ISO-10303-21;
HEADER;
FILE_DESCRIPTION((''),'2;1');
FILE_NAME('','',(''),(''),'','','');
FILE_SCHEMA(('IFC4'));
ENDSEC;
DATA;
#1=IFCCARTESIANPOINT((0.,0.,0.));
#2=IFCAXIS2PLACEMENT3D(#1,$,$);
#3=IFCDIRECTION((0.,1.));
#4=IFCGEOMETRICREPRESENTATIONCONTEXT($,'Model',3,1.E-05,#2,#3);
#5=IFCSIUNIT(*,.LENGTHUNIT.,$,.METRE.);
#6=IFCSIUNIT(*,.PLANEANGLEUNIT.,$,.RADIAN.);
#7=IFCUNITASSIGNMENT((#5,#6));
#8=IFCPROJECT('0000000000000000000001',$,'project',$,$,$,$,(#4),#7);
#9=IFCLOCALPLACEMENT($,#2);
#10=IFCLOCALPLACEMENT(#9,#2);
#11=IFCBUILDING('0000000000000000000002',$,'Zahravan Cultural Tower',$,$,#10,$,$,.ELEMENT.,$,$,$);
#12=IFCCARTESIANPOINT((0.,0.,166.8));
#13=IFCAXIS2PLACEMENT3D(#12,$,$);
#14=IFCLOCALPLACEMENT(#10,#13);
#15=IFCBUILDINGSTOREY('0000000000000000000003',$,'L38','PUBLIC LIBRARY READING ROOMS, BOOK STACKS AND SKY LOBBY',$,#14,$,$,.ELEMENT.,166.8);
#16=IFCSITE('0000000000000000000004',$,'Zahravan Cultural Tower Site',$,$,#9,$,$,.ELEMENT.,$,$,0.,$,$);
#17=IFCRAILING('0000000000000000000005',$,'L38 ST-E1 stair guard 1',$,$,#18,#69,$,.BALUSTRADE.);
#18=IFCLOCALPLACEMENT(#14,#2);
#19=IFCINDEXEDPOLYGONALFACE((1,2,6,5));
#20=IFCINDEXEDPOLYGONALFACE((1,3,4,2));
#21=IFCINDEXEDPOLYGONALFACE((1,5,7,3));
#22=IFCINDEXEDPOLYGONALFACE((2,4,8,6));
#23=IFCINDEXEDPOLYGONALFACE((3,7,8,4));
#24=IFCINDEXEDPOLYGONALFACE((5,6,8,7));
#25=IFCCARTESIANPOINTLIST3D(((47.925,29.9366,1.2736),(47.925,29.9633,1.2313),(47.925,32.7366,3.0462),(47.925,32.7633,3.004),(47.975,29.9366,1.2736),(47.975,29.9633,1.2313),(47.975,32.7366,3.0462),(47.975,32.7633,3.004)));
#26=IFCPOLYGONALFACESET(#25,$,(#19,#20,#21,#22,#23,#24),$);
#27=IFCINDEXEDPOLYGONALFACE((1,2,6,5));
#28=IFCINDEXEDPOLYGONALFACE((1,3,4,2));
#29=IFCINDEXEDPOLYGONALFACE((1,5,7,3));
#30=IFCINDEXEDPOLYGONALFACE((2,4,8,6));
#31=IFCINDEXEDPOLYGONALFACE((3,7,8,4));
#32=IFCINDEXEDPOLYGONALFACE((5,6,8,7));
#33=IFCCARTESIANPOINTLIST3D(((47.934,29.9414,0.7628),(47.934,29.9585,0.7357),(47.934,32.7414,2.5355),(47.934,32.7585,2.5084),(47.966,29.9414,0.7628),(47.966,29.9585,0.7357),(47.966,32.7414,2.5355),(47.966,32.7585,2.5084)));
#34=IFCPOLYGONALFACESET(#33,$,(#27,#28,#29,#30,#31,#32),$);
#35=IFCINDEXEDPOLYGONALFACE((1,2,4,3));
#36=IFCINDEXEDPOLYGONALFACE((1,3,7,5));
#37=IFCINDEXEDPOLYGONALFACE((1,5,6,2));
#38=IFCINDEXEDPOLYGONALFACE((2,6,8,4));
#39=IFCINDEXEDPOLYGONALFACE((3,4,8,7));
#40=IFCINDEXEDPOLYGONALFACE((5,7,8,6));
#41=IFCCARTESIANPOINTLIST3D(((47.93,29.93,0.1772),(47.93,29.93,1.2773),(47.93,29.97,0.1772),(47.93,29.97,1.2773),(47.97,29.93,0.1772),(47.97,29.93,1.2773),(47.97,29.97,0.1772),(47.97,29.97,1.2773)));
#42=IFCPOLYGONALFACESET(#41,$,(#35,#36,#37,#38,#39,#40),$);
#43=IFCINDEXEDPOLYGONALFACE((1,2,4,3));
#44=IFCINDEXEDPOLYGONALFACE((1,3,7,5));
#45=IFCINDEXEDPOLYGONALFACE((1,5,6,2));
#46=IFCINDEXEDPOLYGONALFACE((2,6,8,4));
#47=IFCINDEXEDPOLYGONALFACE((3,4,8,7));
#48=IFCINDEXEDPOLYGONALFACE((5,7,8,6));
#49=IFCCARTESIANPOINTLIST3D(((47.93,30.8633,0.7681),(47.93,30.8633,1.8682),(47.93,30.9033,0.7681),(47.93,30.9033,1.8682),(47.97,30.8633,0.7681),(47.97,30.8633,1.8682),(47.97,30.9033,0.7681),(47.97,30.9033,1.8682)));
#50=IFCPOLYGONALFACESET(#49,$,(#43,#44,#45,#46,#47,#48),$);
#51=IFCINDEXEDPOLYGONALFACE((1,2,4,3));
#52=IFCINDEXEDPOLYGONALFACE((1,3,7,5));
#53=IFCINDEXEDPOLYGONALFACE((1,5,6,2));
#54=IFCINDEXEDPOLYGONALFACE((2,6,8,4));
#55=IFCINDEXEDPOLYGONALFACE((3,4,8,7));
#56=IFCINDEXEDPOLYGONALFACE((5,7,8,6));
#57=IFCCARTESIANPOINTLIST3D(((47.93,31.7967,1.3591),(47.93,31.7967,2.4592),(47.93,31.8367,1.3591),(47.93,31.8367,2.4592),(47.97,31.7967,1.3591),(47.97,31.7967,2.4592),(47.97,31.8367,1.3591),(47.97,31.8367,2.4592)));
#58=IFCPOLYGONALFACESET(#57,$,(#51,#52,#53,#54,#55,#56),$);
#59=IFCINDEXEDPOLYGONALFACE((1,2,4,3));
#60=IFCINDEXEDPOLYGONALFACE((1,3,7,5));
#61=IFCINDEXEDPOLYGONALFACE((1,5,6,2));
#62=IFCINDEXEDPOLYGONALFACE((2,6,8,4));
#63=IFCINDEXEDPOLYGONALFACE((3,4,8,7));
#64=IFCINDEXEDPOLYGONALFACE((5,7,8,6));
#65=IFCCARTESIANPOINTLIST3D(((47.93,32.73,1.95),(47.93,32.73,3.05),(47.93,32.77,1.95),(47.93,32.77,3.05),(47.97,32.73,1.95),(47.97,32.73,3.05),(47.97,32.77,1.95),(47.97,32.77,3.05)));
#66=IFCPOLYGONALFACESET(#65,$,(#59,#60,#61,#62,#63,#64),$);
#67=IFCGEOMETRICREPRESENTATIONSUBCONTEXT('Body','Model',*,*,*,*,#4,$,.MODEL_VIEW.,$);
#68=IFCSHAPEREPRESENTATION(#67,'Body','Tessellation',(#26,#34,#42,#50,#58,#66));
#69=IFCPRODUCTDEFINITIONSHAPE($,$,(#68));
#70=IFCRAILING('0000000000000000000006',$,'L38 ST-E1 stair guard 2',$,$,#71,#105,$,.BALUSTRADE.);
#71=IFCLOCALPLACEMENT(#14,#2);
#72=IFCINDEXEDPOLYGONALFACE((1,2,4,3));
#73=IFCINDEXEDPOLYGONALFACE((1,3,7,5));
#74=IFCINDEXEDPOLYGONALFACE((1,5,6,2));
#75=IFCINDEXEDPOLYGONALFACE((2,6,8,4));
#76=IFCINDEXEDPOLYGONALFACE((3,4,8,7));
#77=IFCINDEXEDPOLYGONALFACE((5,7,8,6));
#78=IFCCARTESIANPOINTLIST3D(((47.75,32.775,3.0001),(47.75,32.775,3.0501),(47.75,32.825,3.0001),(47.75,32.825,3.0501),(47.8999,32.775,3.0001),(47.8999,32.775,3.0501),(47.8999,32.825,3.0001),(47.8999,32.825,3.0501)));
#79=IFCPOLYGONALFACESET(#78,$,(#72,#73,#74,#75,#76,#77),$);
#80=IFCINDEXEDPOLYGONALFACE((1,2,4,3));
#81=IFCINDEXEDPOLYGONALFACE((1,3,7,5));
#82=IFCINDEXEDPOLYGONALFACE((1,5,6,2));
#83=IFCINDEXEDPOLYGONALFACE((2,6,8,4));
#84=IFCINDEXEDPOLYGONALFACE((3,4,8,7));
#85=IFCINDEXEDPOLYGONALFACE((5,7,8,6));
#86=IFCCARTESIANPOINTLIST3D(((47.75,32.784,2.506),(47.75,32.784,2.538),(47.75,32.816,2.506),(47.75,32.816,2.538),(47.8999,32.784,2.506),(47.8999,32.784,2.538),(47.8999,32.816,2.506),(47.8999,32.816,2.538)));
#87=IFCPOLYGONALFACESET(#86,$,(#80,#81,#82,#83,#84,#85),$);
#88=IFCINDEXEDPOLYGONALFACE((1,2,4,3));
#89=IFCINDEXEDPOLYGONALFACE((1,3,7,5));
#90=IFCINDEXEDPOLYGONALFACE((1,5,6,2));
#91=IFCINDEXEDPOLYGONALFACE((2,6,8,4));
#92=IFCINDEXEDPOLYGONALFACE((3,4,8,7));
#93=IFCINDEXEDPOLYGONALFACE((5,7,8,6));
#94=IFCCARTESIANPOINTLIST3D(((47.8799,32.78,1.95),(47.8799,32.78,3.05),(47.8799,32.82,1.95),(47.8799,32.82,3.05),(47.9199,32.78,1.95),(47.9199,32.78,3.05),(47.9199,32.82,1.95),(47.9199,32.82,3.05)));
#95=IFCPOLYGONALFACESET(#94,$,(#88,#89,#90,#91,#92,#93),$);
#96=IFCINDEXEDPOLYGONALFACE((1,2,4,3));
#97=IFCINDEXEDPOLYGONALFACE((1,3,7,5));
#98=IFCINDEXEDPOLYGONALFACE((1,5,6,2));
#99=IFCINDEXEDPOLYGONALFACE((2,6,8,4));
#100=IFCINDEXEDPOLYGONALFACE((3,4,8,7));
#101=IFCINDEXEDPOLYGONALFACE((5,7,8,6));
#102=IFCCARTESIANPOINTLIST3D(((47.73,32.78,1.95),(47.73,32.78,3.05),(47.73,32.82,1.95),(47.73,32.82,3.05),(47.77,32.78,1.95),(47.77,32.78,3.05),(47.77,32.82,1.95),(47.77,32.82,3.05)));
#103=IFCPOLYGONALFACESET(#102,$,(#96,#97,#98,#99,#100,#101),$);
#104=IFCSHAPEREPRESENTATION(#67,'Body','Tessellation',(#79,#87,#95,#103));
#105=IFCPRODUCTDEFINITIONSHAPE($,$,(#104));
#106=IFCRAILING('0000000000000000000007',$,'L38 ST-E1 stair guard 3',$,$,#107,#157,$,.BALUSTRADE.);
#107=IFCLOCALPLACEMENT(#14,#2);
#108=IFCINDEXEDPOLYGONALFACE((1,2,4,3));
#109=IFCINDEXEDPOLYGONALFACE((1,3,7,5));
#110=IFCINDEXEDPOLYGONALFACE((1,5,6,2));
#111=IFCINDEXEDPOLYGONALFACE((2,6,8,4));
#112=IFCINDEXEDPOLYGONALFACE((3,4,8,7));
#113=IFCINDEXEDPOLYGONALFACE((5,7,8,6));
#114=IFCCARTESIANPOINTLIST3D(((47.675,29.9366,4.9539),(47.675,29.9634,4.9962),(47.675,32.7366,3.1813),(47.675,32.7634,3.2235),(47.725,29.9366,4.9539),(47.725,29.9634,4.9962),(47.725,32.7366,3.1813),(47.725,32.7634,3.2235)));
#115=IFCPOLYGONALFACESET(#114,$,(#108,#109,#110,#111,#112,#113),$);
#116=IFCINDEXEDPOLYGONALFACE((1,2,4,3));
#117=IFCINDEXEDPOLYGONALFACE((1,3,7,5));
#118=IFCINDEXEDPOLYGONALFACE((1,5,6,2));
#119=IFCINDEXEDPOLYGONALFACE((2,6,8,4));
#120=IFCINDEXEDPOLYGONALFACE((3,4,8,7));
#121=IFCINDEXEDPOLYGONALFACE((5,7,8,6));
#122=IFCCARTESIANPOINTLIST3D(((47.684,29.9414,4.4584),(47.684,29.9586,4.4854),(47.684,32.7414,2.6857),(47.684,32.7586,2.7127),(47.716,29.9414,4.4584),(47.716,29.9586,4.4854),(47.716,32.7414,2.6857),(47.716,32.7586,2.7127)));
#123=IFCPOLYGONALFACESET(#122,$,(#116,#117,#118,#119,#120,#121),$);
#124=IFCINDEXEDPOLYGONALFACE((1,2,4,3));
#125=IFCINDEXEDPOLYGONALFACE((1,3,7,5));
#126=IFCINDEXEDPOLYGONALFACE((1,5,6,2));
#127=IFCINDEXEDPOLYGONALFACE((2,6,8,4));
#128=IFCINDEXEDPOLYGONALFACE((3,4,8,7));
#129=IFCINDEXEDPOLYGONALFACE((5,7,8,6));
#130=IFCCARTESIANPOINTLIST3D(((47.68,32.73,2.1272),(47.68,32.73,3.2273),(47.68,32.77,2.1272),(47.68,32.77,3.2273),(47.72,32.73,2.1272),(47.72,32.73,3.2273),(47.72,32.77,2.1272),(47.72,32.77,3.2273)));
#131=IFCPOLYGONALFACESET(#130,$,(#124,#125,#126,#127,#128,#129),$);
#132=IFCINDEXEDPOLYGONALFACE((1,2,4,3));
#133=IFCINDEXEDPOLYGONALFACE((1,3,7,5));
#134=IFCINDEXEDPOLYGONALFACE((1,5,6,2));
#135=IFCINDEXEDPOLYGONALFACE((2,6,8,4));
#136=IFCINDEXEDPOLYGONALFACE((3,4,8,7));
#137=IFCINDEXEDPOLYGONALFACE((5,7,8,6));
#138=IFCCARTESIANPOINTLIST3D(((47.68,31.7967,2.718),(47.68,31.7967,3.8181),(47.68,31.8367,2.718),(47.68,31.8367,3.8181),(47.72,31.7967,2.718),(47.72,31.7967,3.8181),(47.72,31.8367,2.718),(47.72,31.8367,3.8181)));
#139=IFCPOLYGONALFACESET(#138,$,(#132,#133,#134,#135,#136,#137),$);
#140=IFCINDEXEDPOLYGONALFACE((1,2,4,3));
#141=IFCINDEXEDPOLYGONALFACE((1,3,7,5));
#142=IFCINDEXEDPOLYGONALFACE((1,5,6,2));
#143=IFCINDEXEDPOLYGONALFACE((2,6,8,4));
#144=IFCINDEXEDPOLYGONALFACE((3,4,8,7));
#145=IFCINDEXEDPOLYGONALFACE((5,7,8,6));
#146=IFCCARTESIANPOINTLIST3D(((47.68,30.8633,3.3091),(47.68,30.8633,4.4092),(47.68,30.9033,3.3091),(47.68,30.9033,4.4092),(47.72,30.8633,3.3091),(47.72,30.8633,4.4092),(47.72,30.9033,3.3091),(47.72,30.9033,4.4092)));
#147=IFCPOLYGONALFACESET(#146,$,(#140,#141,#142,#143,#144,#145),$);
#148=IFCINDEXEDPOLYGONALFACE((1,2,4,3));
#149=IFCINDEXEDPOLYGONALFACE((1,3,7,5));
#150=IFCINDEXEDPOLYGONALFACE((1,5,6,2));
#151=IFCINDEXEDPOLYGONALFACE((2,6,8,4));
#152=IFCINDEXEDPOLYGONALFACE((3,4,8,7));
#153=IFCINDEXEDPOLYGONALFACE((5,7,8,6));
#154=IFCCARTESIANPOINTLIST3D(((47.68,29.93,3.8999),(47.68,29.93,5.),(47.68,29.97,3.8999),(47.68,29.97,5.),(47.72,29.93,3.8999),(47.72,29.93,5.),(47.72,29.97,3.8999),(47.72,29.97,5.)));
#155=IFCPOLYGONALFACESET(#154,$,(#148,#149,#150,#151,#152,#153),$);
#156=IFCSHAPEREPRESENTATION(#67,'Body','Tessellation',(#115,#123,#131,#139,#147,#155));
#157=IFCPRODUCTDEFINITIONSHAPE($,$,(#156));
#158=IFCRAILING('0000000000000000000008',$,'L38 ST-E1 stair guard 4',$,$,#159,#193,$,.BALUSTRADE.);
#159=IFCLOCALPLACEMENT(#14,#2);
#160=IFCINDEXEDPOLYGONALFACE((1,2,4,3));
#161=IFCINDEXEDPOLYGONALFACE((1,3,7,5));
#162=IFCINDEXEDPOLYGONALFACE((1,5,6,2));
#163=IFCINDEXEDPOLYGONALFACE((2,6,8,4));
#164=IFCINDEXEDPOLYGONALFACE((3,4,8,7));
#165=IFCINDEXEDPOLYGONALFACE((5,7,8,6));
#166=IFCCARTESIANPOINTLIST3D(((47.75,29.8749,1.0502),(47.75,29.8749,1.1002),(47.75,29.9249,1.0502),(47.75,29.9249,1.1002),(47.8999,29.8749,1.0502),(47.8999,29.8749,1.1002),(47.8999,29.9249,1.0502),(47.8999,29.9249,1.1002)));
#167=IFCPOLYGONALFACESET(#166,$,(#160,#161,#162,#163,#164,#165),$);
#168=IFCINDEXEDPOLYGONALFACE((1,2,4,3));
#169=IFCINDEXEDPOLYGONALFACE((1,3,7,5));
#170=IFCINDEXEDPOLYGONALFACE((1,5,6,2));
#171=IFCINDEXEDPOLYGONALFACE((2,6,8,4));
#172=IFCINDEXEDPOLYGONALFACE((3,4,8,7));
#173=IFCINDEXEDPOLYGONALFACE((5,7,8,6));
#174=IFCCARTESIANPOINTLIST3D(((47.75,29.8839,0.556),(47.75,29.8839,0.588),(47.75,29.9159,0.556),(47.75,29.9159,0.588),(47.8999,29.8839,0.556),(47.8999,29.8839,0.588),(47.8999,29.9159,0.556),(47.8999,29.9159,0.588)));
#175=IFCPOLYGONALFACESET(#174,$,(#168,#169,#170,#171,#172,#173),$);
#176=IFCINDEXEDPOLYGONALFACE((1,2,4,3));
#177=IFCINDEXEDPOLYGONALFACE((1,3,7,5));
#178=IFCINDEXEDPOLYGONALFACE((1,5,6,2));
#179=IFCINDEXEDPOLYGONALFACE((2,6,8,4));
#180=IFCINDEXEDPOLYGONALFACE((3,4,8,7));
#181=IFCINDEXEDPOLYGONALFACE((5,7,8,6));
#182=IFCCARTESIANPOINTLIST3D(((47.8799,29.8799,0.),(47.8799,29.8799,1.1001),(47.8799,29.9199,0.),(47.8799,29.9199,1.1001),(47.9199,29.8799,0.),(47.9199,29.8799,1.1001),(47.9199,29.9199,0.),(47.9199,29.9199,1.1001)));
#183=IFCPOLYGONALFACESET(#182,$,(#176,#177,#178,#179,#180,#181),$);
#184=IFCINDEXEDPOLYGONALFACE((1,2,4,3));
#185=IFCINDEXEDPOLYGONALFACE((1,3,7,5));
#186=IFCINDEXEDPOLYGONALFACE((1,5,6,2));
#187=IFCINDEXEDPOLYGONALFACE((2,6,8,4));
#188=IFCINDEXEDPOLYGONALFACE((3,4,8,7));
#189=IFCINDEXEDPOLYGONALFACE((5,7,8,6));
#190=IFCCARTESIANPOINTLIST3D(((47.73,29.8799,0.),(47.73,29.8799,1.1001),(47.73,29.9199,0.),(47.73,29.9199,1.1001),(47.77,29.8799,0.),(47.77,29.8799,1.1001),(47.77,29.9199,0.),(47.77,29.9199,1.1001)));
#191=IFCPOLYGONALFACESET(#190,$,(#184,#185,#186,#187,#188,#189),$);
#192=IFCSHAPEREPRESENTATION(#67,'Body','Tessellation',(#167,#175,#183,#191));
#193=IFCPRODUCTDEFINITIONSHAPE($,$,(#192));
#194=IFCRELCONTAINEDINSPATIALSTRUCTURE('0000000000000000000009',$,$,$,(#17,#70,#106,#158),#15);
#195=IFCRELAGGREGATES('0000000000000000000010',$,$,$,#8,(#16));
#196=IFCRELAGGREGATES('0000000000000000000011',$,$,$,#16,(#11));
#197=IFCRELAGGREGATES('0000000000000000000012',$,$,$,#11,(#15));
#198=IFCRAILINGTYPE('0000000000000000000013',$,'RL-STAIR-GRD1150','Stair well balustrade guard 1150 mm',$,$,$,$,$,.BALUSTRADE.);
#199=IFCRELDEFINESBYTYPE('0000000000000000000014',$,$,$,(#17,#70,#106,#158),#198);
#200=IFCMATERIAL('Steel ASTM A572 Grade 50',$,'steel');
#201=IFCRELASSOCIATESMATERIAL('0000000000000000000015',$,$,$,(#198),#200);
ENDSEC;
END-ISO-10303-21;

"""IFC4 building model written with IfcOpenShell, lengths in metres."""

from ifc_helpers import new_model, si_unit, direction, frame, origin, origin_2d, place, context, subcontext, project, spatial, rectangle, extrude, material, type_object, element, save


model = new_model("IFC4")

# Units and contexts
model_context = context("Model", 3, precision=1e-05, world=origin(), true_north=direction((0.0, 1.0)))
body_context = subcontext(model_context, "Body", "Model", "MODEL_VIEW")
ifc_project = project(units=[si_unit("LENGTHUNIT", "METRE"), si_unit("PLANEANGLEUNIT", "RADIAN")], contexts=[model_context])

# Site, building, storey
site_placement = place(None, origin())
site = spatial("IfcSite", under=ifc_project, at=site_placement, Name="Zahravan Cultural Tower Site", CompositionType="ELEMENT", RefElevation=0.0)
building_placement = place(site_placement, origin())
building = spatial("IfcBuilding", under=site, at=building_placement, Name="Zahravan Cultural Tower", CompositionType="ELEMENT")
storey_placement = place(building_placement, frame((0.0, 0.0, 166.8)))
storey = spatial("IfcBuildingStorey", under=building, at=storey_placement, Name="L38", Description="PUBLIC LIBRARY READING ROOMS, BOOK STACKS AND SKY LOBBY", CompositionType="ELEMENT", Elevation=166.8)

# Shared definitions
ifc_material_1 = material(Name="Steel ASTM A572 Grade 50", Category="steel")

# Railings
railing_type_1 = type_object("IfcRailingType", Name="RL-STAIR-GRD1150", Description="Stair well balustrade guard 1150 mm", PredefinedType="BALUSTRADE", material=ifc_material_1)
railing_1_placement = place(storey_placement, frame((47.95, 29.95, 0.1772)))
element("IfcRailing", 1, at=railing_1_placement, inside=storey, type_object=railing_type_1, Name="L38 ST-E1 stair guard 1", PredefinedType="BALUSTRADE", context=body_context, shape_type="SweptSolid", body=[
    extrude(rectangle(XDim=0.05, YDim=0.05, at=origin_2d()), frame((0.0, 0.0, 1.0752), z_axis=(0.0, 0.844909, 0.53491), x_axis=(-1.0, 0.0, 0.0)), (0.0, 0.0, 1.0), 3.314),
    extrude(rectangle(XDim=0.032, YDim=0.032, at=origin_2d()), frame((0.0, 0.0, 0.572), z_axis=(0.0, 0.844909, 0.53491), x_axis=(-1.0, 0.0, 0.0)), (0.0, 0.0, 1.0), 3.314),
    extrude(rectangle(XDim=0.04, YDim=0.04, at=origin_2d()), origin(), (0.0, 0.0, 1.0), 1.1001),
    extrude(rectangle(XDim=0.04, YDim=0.04, at=origin_2d()), frame((0.0, 0.9333, 0.5908)), (0.0, 0.0, 1.0), 1.1001),
    extrude(rectangle(XDim=0.04, YDim=0.04, at=origin_2d()), frame((0.0, 1.8667, 1.1819)), (0.0, 0.0, 1.0), 1.1001),
    extrude(rectangle(XDim=0.04, YDim=0.04, at=origin_2d()), frame((0.0, 2.8, 1.7727)), (0.0, 0.0, 1.0), 1.1001),
])
railing_2_placement = place(storey_placement, frame((47.8999, 32.8, 1.95)))
element("IfcRailing", 2, at=railing_2_placement, inside=storey, type_object=railing_type_1, Name="L38 ST-E1 stair guard 2", PredefinedType="BALUSTRADE", context=body_context, shape_type="SweptSolid", body=[
    extrude(rectangle(XDim=0.05, YDim=0.05, at=origin_2d()), frame((0.0, 0.0, 1.0752), z_axis=(-1.0, 0.0, 0.0), x_axis=(0.0, -1.0, 0.0)), (0.0, 0.0, 1.0), 0.1499),
    extrude(rectangle(XDim=0.032, YDim=0.032, at=origin_2d()), frame((0.0, 0.0, 0.572), z_axis=(-1.0, 0.0, 0.0), x_axis=(0.0, -1.0, 0.0)), (0.0, 0.0, 1.0), 0.1499),
    extrude(rectangle(XDim=0.04, YDim=0.04, at=origin_2d()), origin(), (0.0, 0.0, 1.0), 1.1001),
    extrude(rectangle(XDim=0.04, YDim=0.04, at=origin_2d()), frame((-0.1499, 0.0, 0.0)), (0.0, 0.0, 1.0), 1.1001),
])
railing_3_placement = place(storey_placement, frame((47.7, 32.75, 2.1272)))
element("IfcRailing", 3, at=railing_3_placement, inside=storey, type_object=railing_type_1, Name="L38 ST-E1 stair guard 3", PredefinedType="BALUSTRADE", context=body_context, shape_type="SweptSolid", body=[
    extrude(rectangle(XDim=0.05, YDim=0.05, at=origin_2d()), frame((0.0, 0.0, 1.0752), z_axis=(0.0, -0.844909, 0.53491), x_axis=(1.0, 0.0, 0.0)), (0.0, 0.0, 1.0), 3.314),
    extrude(rectangle(XDim=0.032, YDim=0.032, at=origin_2d()), frame((0.0, 0.0, 0.572), z_axis=(0.0, -0.844909, 0.53491), x_axis=(1.0, 0.0, 0.0)), (0.0, 0.0, 1.0), 3.314),
    extrude(rectangle(XDim=0.04, YDim=0.04, at=origin_2d()), origin(), (0.0, 0.0, 1.0), 1.1001),
    extrude(rectangle(XDim=0.04, YDim=0.04, at=origin_2d()), frame((0.0, -0.9333, 0.5908)), (0.0, 0.0, 1.0), 1.1001),
    extrude(rectangle(XDim=0.04, YDim=0.04, at=origin_2d()), frame((0.0, -1.8667, 1.1819)), (0.0, 0.0, 1.0), 1.1001),
    extrude(rectangle(XDim=0.04, YDim=0.04, at=origin_2d()), frame((0.0, -2.8, 1.7727)), (0.0, 0.0, 1.0), 1.1001),
])
railing_4_placement = place(storey_placement, frame((47.8999, 29.8999, 0.0)))
element("IfcRailing", 4, at=railing_4_placement, inside=storey, type_object=railing_type_1, Name="L38 ST-E1 stair guard 4", PredefinedType="BALUSTRADE", context=body_context, shape_type="SweptSolid", body=[
    extrude(rectangle(XDim=0.05, YDim=0.05, at=origin_2d()), frame((0.0, 0.0, 1.0752), z_axis=(-1.0, 0.0, 0.0), x_axis=(0.0, -1.0, 0.0)), (0.0, 0.0, 1.0), 0.1499),
    extrude(rectangle(XDim=0.032, YDim=0.032, at=origin_2d()), frame((0.0, 0.0, 0.572), z_axis=(-1.0, 0.0, 0.0), x_axis=(0.0, -1.0, 0.0)), (0.0, 0.0, 1.0), 0.1499),
    extrude(rectangle(XDim=0.04, YDim=0.04, at=origin_2d()), origin(), (0.0, 0.0, 1.0), 1.1001),
    extrude(rectangle(XDim=0.04, YDim=0.04, at=origin_2d()), frame((-0.1499, 0.0, 0.0)), (0.0, 0.0, 1.0), 1.1001),
])

save(model, "model.ifc")
